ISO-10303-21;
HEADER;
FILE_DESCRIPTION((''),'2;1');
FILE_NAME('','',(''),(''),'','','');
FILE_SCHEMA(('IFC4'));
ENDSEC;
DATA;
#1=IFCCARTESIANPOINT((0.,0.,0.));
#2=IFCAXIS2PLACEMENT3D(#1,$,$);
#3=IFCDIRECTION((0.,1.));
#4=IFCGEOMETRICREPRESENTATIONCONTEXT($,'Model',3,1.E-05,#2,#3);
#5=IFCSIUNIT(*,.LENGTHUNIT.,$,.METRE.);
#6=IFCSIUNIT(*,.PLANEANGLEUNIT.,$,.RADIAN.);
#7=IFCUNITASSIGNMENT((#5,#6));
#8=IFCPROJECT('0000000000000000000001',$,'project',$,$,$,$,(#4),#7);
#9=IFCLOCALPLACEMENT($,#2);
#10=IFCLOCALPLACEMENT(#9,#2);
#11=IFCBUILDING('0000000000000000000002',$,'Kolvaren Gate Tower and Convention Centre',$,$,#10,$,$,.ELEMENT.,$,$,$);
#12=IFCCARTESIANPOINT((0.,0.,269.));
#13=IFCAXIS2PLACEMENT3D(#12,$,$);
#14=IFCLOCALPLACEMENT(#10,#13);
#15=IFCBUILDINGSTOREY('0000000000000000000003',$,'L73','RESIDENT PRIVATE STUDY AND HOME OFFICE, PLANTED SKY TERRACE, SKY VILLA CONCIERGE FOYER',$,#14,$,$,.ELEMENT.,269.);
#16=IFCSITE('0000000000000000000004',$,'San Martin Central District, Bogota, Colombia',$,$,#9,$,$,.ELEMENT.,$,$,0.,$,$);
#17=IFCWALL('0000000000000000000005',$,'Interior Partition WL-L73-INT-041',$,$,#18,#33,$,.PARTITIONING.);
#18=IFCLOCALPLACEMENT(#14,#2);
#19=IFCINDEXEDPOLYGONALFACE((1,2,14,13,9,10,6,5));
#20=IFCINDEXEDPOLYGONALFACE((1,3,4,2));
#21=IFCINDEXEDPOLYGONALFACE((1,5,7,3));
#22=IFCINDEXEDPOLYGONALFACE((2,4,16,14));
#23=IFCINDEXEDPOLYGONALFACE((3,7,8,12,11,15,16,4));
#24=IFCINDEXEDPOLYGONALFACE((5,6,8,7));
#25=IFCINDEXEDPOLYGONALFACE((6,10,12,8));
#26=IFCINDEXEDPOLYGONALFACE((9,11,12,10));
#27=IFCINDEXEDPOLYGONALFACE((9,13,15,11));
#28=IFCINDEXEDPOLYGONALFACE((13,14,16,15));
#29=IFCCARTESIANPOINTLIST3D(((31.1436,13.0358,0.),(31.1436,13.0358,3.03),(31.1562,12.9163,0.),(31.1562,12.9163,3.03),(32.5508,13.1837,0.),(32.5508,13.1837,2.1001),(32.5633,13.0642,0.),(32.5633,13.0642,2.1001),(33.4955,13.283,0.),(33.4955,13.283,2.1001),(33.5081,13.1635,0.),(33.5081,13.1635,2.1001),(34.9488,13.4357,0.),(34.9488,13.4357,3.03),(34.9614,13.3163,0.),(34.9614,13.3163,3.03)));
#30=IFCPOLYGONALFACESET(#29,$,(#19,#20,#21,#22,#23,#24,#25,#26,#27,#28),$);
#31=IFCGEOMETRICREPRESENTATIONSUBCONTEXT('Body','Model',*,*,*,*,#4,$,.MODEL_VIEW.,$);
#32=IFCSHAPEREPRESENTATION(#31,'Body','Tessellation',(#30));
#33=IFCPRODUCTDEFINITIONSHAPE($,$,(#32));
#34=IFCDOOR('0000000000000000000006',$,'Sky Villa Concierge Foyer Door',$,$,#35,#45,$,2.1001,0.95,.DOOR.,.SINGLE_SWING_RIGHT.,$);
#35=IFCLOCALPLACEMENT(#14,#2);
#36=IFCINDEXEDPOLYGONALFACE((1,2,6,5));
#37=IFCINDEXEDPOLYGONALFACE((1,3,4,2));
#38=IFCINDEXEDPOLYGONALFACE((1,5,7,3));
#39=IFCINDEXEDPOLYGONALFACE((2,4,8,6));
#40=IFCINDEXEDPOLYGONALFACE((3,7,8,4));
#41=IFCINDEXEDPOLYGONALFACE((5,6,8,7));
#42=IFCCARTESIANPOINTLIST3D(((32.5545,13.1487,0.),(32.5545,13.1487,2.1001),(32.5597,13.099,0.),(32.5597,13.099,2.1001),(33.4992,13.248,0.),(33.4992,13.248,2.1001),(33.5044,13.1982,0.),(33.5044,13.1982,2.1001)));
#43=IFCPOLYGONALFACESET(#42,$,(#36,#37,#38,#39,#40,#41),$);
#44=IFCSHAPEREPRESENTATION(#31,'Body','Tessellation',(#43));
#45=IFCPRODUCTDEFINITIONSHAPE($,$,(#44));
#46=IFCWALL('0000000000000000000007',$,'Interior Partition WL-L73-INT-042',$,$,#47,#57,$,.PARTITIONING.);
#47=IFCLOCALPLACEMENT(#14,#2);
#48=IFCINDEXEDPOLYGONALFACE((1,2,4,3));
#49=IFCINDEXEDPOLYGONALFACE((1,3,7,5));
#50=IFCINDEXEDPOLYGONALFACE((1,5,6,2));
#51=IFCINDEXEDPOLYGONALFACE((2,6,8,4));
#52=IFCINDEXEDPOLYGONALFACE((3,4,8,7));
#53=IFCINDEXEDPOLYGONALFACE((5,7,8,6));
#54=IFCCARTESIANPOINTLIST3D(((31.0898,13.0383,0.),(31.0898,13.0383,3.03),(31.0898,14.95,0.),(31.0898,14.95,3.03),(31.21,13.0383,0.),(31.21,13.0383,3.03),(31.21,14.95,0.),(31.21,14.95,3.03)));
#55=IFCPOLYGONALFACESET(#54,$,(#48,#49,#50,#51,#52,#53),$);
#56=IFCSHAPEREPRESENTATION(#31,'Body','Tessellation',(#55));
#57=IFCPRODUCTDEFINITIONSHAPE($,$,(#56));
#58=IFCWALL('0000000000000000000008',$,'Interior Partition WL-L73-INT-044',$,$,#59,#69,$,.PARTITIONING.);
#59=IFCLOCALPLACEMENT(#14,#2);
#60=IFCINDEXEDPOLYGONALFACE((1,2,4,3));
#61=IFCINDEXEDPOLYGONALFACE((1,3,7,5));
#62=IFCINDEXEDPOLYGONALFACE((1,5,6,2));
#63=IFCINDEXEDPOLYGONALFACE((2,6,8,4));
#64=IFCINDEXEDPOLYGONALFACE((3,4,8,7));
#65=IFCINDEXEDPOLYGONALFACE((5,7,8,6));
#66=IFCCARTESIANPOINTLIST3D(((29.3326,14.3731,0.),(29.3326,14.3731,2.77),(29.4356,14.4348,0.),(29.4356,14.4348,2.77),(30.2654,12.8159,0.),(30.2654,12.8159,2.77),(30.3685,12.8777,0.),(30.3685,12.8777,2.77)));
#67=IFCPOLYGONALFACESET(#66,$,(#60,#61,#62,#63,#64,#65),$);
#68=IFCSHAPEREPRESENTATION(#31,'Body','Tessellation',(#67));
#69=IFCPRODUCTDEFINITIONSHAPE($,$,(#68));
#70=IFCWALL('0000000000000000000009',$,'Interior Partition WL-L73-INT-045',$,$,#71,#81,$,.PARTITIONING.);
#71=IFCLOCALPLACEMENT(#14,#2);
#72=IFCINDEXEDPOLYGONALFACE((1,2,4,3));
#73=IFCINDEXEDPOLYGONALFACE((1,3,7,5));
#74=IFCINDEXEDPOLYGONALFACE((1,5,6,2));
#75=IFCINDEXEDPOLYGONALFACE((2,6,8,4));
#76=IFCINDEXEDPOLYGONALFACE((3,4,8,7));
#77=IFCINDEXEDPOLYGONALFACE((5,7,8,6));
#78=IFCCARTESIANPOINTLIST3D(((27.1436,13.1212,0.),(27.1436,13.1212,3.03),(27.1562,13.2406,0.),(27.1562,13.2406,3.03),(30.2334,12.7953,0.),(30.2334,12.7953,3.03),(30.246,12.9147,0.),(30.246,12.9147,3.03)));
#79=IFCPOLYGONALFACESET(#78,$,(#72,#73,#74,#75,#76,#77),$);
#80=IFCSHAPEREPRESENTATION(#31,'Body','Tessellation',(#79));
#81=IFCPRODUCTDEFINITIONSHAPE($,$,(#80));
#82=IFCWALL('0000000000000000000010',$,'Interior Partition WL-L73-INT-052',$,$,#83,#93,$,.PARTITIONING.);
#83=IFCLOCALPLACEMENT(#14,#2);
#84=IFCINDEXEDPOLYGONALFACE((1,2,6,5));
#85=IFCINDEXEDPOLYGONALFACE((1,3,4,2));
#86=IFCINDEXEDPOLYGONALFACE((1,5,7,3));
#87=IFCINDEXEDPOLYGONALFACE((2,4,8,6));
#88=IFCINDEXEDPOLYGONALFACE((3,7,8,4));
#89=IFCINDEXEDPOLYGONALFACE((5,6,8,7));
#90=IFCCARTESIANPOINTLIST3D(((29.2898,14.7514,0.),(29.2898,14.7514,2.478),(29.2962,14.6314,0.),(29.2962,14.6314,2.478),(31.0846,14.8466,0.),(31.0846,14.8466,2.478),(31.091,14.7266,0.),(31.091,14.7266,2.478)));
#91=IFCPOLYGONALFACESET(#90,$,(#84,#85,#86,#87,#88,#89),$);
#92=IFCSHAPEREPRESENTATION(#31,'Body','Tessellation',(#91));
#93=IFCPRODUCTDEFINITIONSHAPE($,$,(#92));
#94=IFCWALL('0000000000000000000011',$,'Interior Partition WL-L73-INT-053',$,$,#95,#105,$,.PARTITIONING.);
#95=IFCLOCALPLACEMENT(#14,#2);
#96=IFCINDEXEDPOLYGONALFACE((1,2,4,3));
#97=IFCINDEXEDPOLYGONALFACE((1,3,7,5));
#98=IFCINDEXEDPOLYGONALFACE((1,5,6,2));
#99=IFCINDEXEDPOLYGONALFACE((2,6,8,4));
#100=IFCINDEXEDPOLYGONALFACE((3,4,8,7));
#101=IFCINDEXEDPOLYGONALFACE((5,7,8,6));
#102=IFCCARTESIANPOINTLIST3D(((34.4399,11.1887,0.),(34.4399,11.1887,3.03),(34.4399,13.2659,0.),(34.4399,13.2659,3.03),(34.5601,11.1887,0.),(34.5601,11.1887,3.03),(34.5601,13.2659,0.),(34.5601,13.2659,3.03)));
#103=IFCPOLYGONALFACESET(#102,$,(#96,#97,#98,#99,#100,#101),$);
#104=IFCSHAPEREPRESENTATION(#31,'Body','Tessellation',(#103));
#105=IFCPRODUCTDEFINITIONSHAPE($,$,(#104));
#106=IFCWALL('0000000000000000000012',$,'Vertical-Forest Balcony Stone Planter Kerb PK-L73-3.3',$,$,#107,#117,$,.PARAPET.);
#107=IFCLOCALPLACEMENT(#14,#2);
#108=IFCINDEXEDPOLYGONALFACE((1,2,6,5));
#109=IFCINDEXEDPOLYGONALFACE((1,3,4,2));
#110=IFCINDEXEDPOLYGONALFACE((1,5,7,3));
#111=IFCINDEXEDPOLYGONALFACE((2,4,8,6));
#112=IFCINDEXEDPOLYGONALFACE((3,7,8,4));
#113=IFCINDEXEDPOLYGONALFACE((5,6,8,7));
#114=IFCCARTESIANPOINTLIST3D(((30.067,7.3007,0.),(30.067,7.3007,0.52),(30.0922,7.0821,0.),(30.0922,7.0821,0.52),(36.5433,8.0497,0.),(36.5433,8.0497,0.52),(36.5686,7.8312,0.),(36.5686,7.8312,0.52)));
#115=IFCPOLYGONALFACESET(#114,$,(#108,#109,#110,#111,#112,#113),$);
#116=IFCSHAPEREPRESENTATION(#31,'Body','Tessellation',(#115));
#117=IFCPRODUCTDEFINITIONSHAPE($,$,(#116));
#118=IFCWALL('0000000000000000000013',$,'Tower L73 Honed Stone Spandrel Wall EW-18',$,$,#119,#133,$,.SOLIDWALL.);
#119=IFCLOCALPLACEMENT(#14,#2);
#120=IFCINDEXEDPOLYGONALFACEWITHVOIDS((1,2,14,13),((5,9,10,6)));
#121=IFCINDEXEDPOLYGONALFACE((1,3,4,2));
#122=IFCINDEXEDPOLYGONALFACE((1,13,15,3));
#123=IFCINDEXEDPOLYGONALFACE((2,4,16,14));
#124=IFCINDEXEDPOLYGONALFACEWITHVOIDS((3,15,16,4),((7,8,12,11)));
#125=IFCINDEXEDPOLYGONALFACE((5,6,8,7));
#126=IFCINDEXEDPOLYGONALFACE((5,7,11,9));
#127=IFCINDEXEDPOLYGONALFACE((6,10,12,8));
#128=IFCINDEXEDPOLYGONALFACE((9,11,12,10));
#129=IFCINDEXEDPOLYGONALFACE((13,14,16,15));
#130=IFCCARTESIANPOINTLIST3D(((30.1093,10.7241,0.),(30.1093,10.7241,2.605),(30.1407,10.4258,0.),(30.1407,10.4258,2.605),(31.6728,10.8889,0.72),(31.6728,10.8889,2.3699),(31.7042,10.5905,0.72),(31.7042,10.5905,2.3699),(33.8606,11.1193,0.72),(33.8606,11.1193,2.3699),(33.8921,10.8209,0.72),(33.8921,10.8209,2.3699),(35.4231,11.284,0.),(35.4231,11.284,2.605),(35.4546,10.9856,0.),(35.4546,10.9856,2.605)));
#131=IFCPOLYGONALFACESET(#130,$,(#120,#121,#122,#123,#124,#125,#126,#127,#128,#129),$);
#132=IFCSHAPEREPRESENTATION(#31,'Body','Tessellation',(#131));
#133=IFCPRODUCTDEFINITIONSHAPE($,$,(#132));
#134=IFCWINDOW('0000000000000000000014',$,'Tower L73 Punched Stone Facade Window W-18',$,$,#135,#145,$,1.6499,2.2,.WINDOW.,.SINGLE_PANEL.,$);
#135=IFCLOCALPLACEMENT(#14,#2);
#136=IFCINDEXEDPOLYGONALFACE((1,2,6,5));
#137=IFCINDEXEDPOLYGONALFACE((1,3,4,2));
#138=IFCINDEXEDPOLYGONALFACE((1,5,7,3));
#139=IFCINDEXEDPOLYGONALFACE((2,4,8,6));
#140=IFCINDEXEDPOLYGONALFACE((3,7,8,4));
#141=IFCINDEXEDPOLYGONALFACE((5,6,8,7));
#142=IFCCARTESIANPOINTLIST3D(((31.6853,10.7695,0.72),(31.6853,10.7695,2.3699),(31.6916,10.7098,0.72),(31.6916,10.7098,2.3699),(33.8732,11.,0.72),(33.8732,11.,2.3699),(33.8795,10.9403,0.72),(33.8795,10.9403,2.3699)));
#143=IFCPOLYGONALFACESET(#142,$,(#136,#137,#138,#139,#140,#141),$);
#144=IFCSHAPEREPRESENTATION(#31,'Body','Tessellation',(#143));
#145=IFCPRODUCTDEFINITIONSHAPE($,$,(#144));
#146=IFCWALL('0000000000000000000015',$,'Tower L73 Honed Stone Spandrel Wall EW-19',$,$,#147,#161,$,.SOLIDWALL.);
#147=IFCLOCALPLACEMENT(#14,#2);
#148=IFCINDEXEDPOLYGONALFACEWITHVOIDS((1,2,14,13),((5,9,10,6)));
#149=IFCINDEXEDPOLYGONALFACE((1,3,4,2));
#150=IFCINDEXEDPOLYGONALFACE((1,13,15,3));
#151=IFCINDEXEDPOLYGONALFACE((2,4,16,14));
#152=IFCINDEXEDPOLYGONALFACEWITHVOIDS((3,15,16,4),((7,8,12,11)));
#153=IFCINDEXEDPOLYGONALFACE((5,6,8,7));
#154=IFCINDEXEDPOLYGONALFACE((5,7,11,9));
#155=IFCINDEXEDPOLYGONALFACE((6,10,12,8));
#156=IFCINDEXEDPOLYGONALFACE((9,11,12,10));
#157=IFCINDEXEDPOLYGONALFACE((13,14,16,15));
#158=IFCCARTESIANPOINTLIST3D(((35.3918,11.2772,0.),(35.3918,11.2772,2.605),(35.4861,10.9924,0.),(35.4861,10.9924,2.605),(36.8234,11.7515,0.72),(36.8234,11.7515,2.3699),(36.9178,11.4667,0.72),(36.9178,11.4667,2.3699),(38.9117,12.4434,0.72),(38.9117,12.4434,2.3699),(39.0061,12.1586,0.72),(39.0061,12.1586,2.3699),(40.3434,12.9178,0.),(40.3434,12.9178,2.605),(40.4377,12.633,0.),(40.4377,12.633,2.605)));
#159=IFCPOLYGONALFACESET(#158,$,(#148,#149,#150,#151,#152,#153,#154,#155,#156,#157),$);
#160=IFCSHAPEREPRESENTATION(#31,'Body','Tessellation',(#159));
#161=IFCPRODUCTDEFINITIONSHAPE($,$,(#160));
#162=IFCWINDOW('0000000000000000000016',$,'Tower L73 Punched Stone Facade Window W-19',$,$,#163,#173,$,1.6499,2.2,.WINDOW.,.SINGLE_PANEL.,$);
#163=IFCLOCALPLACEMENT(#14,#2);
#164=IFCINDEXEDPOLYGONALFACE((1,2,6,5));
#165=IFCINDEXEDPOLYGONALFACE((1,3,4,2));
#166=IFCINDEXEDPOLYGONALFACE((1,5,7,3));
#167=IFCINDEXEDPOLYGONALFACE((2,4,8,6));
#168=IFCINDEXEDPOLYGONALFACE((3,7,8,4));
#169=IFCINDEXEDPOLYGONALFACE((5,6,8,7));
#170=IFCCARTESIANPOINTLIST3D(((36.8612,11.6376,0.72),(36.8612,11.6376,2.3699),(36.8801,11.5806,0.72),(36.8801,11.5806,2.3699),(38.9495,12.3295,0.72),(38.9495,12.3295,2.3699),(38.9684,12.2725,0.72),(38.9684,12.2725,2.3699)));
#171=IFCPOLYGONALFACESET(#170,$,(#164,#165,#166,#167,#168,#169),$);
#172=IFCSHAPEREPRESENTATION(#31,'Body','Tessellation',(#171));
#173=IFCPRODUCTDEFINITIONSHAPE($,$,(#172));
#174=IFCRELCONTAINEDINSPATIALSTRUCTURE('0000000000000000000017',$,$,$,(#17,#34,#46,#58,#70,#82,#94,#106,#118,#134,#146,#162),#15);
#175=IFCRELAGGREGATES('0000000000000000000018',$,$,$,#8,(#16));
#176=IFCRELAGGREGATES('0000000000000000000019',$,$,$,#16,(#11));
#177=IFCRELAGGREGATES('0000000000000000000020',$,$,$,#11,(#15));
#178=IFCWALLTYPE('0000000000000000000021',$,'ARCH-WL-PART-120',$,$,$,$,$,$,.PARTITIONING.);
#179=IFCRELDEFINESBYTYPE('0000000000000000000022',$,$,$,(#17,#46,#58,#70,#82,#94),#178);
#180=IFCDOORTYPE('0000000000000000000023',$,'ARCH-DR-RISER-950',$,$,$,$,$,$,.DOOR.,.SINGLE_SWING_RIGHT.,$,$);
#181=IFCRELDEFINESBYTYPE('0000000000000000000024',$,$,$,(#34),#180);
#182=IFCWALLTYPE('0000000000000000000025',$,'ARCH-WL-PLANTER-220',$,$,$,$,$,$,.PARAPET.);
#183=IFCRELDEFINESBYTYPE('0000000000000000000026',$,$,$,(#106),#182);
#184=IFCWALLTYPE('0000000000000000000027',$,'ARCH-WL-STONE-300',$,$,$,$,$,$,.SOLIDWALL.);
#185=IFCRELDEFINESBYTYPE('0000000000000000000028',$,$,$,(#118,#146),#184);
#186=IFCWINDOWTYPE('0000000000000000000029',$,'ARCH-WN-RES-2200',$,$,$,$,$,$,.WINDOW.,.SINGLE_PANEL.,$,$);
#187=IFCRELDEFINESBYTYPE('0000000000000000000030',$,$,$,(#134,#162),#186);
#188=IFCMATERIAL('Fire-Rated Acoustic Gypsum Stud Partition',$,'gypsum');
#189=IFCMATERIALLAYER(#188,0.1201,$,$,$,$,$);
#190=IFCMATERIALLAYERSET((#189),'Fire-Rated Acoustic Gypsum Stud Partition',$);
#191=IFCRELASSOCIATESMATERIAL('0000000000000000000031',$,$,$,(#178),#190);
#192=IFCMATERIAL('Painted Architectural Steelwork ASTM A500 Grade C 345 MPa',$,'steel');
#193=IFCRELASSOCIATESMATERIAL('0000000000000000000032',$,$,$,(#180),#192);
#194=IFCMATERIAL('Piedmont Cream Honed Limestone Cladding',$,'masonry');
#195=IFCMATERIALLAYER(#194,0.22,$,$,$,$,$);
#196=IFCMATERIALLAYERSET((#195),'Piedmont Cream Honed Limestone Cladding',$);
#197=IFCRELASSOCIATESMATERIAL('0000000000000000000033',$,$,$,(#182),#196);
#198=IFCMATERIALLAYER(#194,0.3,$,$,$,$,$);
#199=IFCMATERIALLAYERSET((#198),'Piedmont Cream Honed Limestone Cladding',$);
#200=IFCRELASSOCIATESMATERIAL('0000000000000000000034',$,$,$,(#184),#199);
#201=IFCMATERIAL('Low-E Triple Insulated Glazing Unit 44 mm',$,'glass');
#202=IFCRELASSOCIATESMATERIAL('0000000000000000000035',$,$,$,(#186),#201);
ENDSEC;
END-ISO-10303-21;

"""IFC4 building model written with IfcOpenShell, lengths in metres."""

from ifc_helpers import new_model, si_unit, direction, frame, frame_2d, origin, place, context, subcontext, project, spatial, rectangle, extrude, material, layer, layer_set, type_object, element, fill, save


model = new_model("IFC4")

# Units and contexts
model_context = context("Model", 3, precision=1e-05, world=origin(), true_north=direction((0.0, 1.0)))
body_context = subcontext(model_context, "Body", "Model", "MODEL_VIEW")
ifc_project = project(units=[si_unit("LENGTHUNIT", "METRE"), si_unit("PLANEANGLEUNIT", "RADIAN")], contexts=[model_context])

# Site, building, storey
site_placement = place(None, origin())
site = spatial("IfcSite", under=ifc_project, at=site_placement, Name="San Martin Central District, Bogota, Colombia", CompositionType="ELEMENT", RefElevation=0.0)
building_placement = place(site_placement, origin())
building = spatial("IfcBuilding", under=site, at=building_placement, Name="Kolvaren Gate Tower and Convention Centre", CompositionType="ELEMENT")
storey_placement = place(building_placement, frame((0.0, 0.0, 269.0)))
storey = spatial("IfcBuildingStorey", under=building, at=storey_placement, Name="L73", Description="RESIDENT PRIVATE STUDY AND HOME OFFICE, PLANTED SKY TERRACE, SKY VILLA CONCIERGE FOYER", CompositionType="ELEMENT", Elevation=269.0)

# Shared definitions
ifc_material_1 = material(Name="Fire-Rated Acoustic Gypsum Stud Partition", Category="gypsum")
ifc_layer_1 = layer(ifc_material_1, 0.1201)
ifc_layer_set_1 = layer_set([ifc_layer_1], Name="Fire-Rated Acoustic Gypsum Stud Partition")
wall_type_1 = type_object("IfcWallType", Name="ARCH-WL-PART-120", PredefinedType="PARTITIONING", material=ifc_layer_set_1)

# Wall, opening, door
wall_1_placement = place(storey_placement, frame((31.1499, 12.9761, 0.0), z_axis=(0.0, 0.0, 1.0), x_axis=(0.994523, 0.104519, 0.0)))
wall_1 = element("IfcWall", 1, at=wall_1_placement, inside=storey, type_object=wall_type_1, Name="Interior Partition WL-L73-INT-041", PredefinedType="PARTITIONING", context=body_context, shape_type="SweptSolid", body=[
    extrude(rectangle(XDim=3.8262, YDim=0.1201, at=frame_2d((1.9131, 0.0))), origin(), (0.0, 0.0, 1.0), 3.03),
])
opening_1_placement = place(wall_1_placement, frame((1.4148, 0.0, 0.0)))
opening_1 = element("IfcOpeningElement", 2, at=opening_1_placement, cuts=wall_1, PredefinedType="OPENING", context=body_context, shape_type="SweptSolid", body=[
    extrude(rectangle(XDim=0.95, YDim=2.1001, at=frame_2d((0.4751, 1.05))), frame((0.0, 0.0701, 0.0), z_axis=(0.0, -1.0, 0.0), x_axis=(1.0, 0.0, 0.0)), (0.0, 0.0, 1.0), 0.1401),
])
ifc_material_2 = material(Name="Painted Architectural Steelwork ASTM A500 Grade C 345 MPa", Category="steel")
door_type = type_object("IfcDoorType", Name="ARCH-DR-RISER-950", OperationType="SINGLE_SWING_RIGHT", PredefinedType="DOOR", material=ifc_material_2)
door_placement = place(opening_1_placement, origin())
door = element("IfcDoor", 3, at=door_placement, inside=storey, type_object=door_type, Name="Sky Villa Concierge Foyer Door", OperationType="SINGLE_SWING_RIGHT", OverallHeight=2.1001, OverallWidth=0.95, PredefinedType="DOOR", context=body_context, shape_type="SweptSolid", body=[
    extrude(rectangle(XDim=0.95, YDim=2.1001, at=frame_2d((0.4751, 1.05))), frame((0.0, 0.0249, 0.0), z_axis=(0.0, -1.0, 0.0), x_axis=(1.0, 0.0, 0.0)), (0.0, 0.0, 1.0), 0.05),
])
fill(opening_1, door)

# Walls
wall_2_placement = place(storey_placement, frame((31.1499, 13.0383, 0.0), z_axis=(0.0, 0.0, 1.0), x_axis=(0.0, 1.0, 0.0)))
element("IfcWall", 4, at=wall_2_placement, inside=storey, type_object=wall_type_1, Name="Interior Partition WL-L73-INT-042", PredefinedType="PARTITIONING", context=body_context, shape_type="SweptSolid", body=[
    extrude(rectangle(XDim=1.9116, YDim=0.1201, at=frame_2d((0.9558, 0.0))), origin(), (0.0, 0.0, 1.0), 3.03),
])
wall_3_placement = place(storey_placement, frame((29.384, 14.4041, 0.0), z_axis=(0.0, 0.0, 1.0), x_axis=(0.513922, -0.857837, 0.0)))
element("IfcWall", 5, at=wall_3_placement, inside=storey, type_object=wall_type_1, Name="Interior Partition WL-L73-INT-044", PredefinedType="PARTITIONING", context=body_context, shape_type="SweptSolid", body=[
    extrude(rectangle(XDim=1.8152, YDim=0.1201, at=frame_2d((0.9077, 0.0))), origin(), (0.0, 0.0, 1.0), 2.77),
])
wall_4_placement = place(storey_placement, frame((27.1499, 13.1809, 0.0), z_axis=(0.0, 0.0, 1.0), x_axis=(0.994483, -0.104902, 0.0)))
element("IfcWall", 6, at=wall_4_placement, inside=storey, type_object=wall_type_1, Name="Interior Partition WL-L73-INT-045", PredefinedType="PARTITIONING", context=body_context, shape_type="SweptSolid", body=[
    extrude(rectangle(XDim=3.1069, YDim=0.1201, at=frame_2d((1.5535, 0.0))), origin(), (0.0, 0.0, 1.0), 3.03),
])
wall_5_placement = place(storey_placement, frame((29.293, 14.6914, 0.0), z_axis=(0.0, 0.0, 1.0), x_axis=(0.998596, 0.052972, 0.0)))
element("IfcWall", 7, at=wall_5_placement, inside=storey, type_object=wall_type_1, Name="Interior Partition WL-L73-INT-052", PredefinedType="PARTITIONING", context=body_context, shape_type="SweptSolid", body=[
    extrude(rectangle(XDim=1.7974, YDim=0.1201, at=frame_2d((0.8987, 0.0))), origin(), (0.0, 0.0, 1.0), 2.478),
])
wall_6_placement = place(storey_placement, frame((34.5, 11.1887, 0.0), z_axis=(0.0, 0.0, 1.0), x_axis=(0.0, 1.0, 0.0)))
element("IfcWall", 8, at=wall_6_placement, inside=storey, type_object=wall_type_1, Name="Interior Partition WL-L73-INT-053", PredefinedType="PARTITIONING", context=body_context, shape_type="SweptSolid", body=[
    extrude(rectangle(XDim=2.0771, YDim=0.1201, at=frame_2d((1.0386, 0.0))), origin(), (0.0, 0.0, 1.0), 3.03),
])
ifc_material_3 = material(Name="Piedmont Cream Honed Limestone Cladding", Category="masonry")
ifc_layer_2 = layer(ifc_material_3, 0.22)
ifc_layer_set_2 = layer_set([ifc_layer_2], Name="Piedmont Cream Honed Limestone Cladding")
wall_type_2 = type_object("IfcWallType", Name="ARCH-WL-PLANTER-220", PredefinedType="PARAPET", material=ifc_layer_set_2)
wall_7_placement = place(storey_placement, frame((30.0796, 7.1914, 0.0), z_axis=(0.0, 0.0, 1.0), x_axis=(0.993378, 0.11489, 0.0)))
element("IfcWall", 9, at=wall_7_placement, inside=storey, type_object=wall_type_2, Name="Vertical-Forest Balcony Stone Planter Kerb PK-L73-3.3", PredefinedType="PARAPET", context=body_context, shape_type="SweptSolid", body=[
    extrude(rectangle(XDim=6.5195, YDim=0.22, at=frame_2d((3.2598, 0.0))), origin(), (0.0, 0.0, 1.0), 0.52),
])

# Walls, openings, windows
ifc_layer_3 = layer(ifc_material_3, 0.3)
ifc_layer_set_3 = layer_set([ifc_layer_3], Name="Piedmont Cream Honed Limestone Cladding")
wall_type_3 = type_object("IfcWallType", Name="ARCH-WL-STONE-300", PredefinedType="SOLIDWALL", material=ifc_layer_set_3)
wall_8_placement = place(storey_placement, frame((30.125, 10.575, 0.0), z_axis=(0.0, 0.0, 1.0), x_axis=(0.994497, 0.104768, 0.0)))
wall_8 = element("IfcWall", 10, at=wall_8_placement, inside=storey, type_object=wall_type_3, Name="Tower L73 Honed Stone Spandrel Wall EW-18", PredefinedType="SOLIDWALL", context=body_context, shape_type="SweptSolid", body=[
    extrude(rectangle(XDim=5.3433, YDim=0.3, at=frame_2d((2.6716, 0.0))), origin(), (0.0, 0.0, 1.0), 2.605),
])
opening_2_placement = place(wall_8_placement, frame((1.572, 0.0, 0.72)))
opening_2 = element("IfcOpeningElement", 11, at=opening_2_placement, cuts=wall_8, PredefinedType="OPENING", context=body_context, shape_type="SweptSolid", body=[
    extrude(rectangle(XDim=2.2, YDim=1.6499, at=frame_2d((1.1001, 0.825))), frame((0.0, 0.1599, 0.0), z_axis=(0.0, -1.0, 0.0), x_axis=(1.0, 0.0, 0.0)), (0.0, 0.0, 1.0), 0.3201),
])
ifc_material_4 = material(Name="Low-E Triple Insulated Glazing Unit 44 mm", Category="glass")
window_type = type_object("IfcWindowType", Name="ARCH-WN-RES-2200", PartitioningType="SINGLE_PANEL", PredefinedType="WINDOW", material=ifc_material_4)
window_1_placement = place(opening_2_placement, origin())
window_1 = element("IfcWindow", 12, at=window_1_placement, inside=storey, type_object=window_type, Name="Tower L73 Punched Stone Facade Window W-18", OverallHeight=1.6499, OverallWidth=2.2, PartitioningType="SINGLE_PANEL", PredefinedType="WINDOW", context=body_context, shape_type="SweptSolid", body=[
    extrude(rectangle(XDim=2.2, YDim=1.6499, at=frame_2d((1.1001, 0.825))), frame((0.0, 0.03, 0.0), z_axis=(0.0, -1.0, 0.0), x_axis=(1.0, 0.0, 0.0)), (0.0, 0.0, 1.0), 0.0601),
])
fill(opening_2, window_1)
wall_9_placement = place(storey_placement, frame((35.439, 11.1348, 0.0), z_axis=(0.0, 0.0, 1.0), x_axis=(0.949253, 0.314514, 0.0)))
wall_9 = element("IfcWall", 13, at=wall_9_placement, inside=storey, type_object=wall_type_3, Name="Tower L73 Honed Stone Spandrel Wall EW-19", PredefinedType="SOLIDWALL", context=body_context, shape_type="SweptSolid", body=[
    extrude(rectangle(XDim=5.2163, YDim=0.3, at=frame_2d((2.6082, 0.0))), origin(), (0.0, 0.0, 1.0), 2.605),
])
opening_3_placement = place(wall_9_placement, frame((1.5081, 0.0, 0.72)))
opening_3 = element("IfcOpeningElement", 14, at=opening_3_placement, cuts=wall_9, PredefinedType="OPENING", context=body_context, shape_type="SweptSolid", body=[
    extrude(rectangle(XDim=2.2, YDim=1.6499, at=frame_2d((1.1001, 0.825))), frame((0.0, 0.1599, 0.0), z_axis=(0.0, -1.0, 0.0), x_axis=(1.0, 0.0, 0.0)), (0.0, 0.0, 1.0), 0.3201),
])
window_2_placement = place(opening_3_placement, origin())
window_2 = element("IfcWindow", 15, at=window_2_placement, inside=storey, type_object=window_type, Name="Tower L73 Punched Stone Facade Window W-19", OverallHeight=1.6499, OverallWidth=2.2, PartitioningType="SINGLE_PANEL", PredefinedType="WINDOW", context=body_context, shape_type="SweptSolid", body=[
    extrude(rectangle(XDim=2.2, YDim=1.6499, at=frame_2d((1.1001, 0.825))), frame((0.0, 0.03, 0.0), z_axis=(0.0, -1.0, 0.0), x_axis=(1.0, 0.0, 0.0)), (0.0, 0.0, 1.0), 0.0601),
])
fill(opening_3, window_2)

save(model, "model.ifc")
